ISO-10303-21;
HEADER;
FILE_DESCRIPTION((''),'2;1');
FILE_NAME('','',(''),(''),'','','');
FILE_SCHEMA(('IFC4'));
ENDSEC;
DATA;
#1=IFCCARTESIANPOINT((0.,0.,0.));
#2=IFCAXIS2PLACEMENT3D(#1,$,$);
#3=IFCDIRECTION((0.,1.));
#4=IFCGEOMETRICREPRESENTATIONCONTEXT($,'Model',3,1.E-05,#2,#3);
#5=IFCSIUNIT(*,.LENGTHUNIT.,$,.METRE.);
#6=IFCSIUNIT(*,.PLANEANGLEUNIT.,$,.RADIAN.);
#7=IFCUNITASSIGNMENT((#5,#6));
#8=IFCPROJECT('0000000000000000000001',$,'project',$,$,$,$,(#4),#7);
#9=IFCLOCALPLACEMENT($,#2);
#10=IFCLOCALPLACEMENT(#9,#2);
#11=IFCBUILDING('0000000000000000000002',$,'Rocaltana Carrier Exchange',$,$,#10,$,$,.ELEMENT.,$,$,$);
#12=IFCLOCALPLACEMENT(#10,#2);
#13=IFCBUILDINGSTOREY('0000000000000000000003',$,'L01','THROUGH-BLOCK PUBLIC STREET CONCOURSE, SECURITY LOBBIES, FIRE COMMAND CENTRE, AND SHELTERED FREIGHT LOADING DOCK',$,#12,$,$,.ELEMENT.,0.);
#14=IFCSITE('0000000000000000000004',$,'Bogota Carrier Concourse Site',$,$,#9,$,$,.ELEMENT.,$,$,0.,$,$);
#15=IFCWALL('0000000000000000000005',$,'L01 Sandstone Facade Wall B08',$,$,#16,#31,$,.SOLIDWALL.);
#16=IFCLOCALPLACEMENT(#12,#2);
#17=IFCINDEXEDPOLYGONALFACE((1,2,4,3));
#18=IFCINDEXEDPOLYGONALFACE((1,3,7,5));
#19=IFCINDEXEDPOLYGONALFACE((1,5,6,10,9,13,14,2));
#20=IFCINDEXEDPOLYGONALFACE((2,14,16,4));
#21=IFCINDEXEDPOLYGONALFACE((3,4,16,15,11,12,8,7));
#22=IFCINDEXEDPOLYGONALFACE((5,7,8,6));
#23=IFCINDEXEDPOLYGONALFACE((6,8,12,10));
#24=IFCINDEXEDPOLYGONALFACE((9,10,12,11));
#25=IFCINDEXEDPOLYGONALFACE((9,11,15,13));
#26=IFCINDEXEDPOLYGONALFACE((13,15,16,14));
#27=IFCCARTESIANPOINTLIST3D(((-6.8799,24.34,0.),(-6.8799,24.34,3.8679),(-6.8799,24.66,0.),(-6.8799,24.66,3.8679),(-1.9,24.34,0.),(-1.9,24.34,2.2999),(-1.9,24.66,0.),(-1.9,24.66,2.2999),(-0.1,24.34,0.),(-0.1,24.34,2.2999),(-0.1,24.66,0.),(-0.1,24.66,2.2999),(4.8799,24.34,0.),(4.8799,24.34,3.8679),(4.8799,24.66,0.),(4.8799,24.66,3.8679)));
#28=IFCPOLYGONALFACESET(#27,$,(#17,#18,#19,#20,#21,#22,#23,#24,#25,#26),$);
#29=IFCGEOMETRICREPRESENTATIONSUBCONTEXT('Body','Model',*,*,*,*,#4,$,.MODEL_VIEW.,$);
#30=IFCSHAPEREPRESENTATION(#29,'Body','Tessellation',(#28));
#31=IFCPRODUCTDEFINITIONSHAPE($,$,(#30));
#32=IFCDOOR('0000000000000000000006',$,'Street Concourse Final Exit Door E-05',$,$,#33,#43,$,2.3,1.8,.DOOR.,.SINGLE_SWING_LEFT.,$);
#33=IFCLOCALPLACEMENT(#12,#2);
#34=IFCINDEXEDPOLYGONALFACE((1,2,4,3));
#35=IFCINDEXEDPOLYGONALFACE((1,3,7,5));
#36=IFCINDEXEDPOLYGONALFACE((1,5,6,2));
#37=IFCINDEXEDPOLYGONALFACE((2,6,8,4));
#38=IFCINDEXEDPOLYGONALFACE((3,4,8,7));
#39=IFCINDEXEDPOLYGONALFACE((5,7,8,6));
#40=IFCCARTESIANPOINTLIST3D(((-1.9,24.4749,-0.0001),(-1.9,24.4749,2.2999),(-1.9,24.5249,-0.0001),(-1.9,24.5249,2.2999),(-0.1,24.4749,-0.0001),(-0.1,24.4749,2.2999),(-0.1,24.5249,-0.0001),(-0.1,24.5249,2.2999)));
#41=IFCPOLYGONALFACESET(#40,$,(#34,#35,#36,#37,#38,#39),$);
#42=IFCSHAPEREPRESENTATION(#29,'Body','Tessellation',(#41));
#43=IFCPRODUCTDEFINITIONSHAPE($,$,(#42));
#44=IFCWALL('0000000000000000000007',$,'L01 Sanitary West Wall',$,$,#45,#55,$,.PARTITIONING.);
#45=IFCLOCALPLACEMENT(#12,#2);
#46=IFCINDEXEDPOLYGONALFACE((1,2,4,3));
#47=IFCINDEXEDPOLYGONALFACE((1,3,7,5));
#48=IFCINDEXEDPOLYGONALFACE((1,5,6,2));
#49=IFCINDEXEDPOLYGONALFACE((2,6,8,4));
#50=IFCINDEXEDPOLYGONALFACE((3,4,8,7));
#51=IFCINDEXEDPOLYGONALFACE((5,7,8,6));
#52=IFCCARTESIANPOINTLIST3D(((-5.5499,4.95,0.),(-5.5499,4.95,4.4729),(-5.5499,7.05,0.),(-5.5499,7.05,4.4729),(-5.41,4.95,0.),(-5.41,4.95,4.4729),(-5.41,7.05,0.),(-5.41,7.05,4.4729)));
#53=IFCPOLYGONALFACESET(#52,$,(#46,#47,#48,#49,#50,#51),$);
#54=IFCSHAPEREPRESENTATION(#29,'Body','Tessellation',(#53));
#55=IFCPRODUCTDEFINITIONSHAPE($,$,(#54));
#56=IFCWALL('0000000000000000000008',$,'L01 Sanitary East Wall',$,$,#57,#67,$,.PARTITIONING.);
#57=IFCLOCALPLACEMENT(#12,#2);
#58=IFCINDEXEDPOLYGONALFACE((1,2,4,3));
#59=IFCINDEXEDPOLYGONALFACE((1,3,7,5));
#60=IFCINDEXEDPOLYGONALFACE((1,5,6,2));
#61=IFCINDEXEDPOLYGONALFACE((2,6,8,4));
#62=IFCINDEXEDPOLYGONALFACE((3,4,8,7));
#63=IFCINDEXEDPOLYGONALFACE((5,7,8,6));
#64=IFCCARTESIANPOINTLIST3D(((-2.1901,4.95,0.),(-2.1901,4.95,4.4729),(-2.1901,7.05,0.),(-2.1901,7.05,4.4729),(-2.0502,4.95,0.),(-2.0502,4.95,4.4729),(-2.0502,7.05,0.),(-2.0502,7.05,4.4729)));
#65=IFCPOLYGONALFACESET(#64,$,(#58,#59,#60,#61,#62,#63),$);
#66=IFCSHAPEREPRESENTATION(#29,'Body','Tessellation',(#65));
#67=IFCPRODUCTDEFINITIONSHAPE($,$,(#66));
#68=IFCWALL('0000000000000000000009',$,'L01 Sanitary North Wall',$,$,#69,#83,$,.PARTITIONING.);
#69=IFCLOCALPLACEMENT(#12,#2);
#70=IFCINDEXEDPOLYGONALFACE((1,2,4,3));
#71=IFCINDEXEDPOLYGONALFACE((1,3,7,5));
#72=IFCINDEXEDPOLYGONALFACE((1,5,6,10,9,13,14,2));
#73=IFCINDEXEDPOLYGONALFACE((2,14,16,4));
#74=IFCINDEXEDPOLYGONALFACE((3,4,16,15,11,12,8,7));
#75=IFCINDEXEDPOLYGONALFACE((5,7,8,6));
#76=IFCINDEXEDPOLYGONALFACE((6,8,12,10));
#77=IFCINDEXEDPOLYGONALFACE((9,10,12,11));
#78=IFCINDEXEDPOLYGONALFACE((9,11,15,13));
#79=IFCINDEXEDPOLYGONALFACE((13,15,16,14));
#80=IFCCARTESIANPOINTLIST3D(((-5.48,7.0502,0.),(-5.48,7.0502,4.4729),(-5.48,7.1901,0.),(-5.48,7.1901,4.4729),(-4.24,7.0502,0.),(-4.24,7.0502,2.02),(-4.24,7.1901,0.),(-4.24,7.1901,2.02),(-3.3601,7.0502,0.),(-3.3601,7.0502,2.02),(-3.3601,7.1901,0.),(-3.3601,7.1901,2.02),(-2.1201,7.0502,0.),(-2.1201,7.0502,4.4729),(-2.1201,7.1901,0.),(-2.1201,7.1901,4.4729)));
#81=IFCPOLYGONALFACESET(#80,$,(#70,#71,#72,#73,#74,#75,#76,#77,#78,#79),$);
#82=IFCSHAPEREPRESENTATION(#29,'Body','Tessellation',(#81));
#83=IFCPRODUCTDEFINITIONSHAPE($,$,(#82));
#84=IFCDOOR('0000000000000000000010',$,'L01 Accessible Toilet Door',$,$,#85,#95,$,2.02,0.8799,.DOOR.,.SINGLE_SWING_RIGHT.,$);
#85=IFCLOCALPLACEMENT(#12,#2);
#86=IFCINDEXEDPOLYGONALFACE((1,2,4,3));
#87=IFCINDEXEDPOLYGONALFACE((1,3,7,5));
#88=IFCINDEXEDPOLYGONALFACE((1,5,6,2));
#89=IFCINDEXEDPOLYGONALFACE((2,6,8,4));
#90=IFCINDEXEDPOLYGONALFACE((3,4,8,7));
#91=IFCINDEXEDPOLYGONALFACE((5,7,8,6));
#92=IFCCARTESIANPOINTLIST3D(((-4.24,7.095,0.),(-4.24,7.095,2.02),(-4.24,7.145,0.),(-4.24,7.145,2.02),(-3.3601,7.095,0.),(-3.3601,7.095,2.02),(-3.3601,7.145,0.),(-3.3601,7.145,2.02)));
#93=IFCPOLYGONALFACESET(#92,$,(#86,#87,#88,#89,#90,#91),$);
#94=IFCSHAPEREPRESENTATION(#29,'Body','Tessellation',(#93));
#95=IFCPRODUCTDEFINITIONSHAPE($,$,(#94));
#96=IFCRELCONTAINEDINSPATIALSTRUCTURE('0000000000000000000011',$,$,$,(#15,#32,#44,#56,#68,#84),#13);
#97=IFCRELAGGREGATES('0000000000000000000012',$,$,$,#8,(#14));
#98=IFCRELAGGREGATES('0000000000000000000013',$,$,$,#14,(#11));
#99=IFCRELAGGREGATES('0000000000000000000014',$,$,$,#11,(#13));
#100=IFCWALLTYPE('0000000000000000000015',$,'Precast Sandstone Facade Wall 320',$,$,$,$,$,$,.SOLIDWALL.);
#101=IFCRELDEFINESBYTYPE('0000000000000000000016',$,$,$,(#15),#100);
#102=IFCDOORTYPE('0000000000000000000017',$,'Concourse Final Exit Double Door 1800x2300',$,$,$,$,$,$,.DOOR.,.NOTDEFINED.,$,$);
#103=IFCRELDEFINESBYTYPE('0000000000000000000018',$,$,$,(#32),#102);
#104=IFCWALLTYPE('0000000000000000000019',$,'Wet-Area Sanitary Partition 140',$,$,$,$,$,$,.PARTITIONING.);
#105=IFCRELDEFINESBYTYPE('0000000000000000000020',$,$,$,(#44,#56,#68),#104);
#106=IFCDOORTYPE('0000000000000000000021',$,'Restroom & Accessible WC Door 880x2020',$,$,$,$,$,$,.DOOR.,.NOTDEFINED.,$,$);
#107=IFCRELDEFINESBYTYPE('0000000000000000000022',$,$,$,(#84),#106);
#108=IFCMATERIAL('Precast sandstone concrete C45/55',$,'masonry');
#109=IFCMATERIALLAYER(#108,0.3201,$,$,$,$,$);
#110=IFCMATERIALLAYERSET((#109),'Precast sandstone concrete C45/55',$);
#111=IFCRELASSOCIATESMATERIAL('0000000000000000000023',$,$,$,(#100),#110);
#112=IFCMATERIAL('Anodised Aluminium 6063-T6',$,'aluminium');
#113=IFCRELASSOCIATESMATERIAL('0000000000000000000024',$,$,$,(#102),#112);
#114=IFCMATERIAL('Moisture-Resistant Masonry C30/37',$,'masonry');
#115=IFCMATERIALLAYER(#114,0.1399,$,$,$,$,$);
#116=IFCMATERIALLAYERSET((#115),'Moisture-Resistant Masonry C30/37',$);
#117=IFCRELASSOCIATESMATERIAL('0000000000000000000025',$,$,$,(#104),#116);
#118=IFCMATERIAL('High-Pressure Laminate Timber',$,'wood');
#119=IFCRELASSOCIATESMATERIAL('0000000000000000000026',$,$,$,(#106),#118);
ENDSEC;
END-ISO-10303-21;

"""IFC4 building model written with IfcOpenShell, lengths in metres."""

from ifc_helpers import new_model, si_unit, direction, frame, frame_2d, origin, place, context, subcontext, project, spatial, rectangle, extrude, material, layer, layer_set, type_object, element, fill, save


model = new_model("IFC4")

# Units and contexts
model_context = context("Model", 3, precision=1e-05, world=origin(), true_north=direction((0.0, 1.0)))
body_context = subcontext(model_context, "Body", "Model", "MODEL_VIEW")
ifc_project = project(units=[si_unit("LENGTHUNIT", "METRE"), si_unit("PLANEANGLEUNIT", "RADIAN")], contexts=[model_context])

# Site, building, storey
site_placement = place(None, origin())
site = spatial("IfcSite", under=ifc_project, at=site_placement, Name="Bogota Carrier Concourse Site", CompositionType="ELEMENT", RefElevation=0.0)
building_placement = place(site_placement, origin())
building = spatial("IfcBuilding", under=site, at=building_placement, Name="Rocaltana Carrier Exchange", CompositionType="ELEMENT")
storey_placement = place(building_placement, origin())
storey = spatial("IfcBuildingStorey", under=building, at=storey_placement, Name="L01", Description="THROUGH-BLOCK PUBLIC STREET CONCOURSE, SECURITY LOBBIES, FIRE COMMAND CENTRE, AND SHELTERED FREIGHT LOADING DOCK", CompositionType="ELEMENT", Elevation=0.0)

# Wall, opening, door
ifc_material_1 = material(Name="Precast sandstone concrete C45/55", Category="masonry")
ifc_layer_1 = layer(ifc_material_1, 0.3201)
ifc_layer_set_1 = layer_set([ifc_layer_1], Name="Precast sandstone concrete C45/55")
wall_type_1 = type_object("IfcWallType", Name="Precast Sandstone Facade Wall 320", PredefinedType="SOLIDWALL", material=ifc_layer_set_1)
wall_1_placement = place(storey_placement, frame((-6.8799, 24.5, 0.0), z_axis=(0.0, 0.0, 1.0), x_axis=(1.0, 0.0, 0.0)))
wall_1 = element("IfcWall", 1, at=wall_1_placement, inside=storey, type_object=wall_type_1, Name="L01 Sandstone Facade Wall B08", PredefinedType="SOLIDWALL", context=body_context, shape_type="SweptSolid", body=[
    extrude(rectangle(XDim=11.7598, YDim=0.3201, at=frame_2d((5.8799, 0.0))), origin(), (0.0, 0.0, 1.0), 3.8679),
])
opening_1_placement = place(wall_1_placement, frame((4.98, 0.0, 0.0)))
opening_1 = element("IfcOpeningElement", 2, at=opening_1_placement, cuts=wall_1, PredefinedType="OPENING", context=body_context, shape_type="SweptSolid", body=[
    extrude(rectangle(XDim=1.8, YDim=2.3, at=frame_2d((0.8999, 1.1499))), frame((0.0, 0.1699, 0.0), z_axis=(0.0, -1.0, 0.0), x_axis=(1.0, 0.0, 0.0)), (0.0, 0.0, 1.0), 0.3401),
])
ifc_material_2 = material(Name="Anodised Aluminium 6063-T6", Category="aluminium")
door_type_1 = type_object("IfcDoorType", Name="Concourse Final Exit Double Door 1800x2300", OperationType="NOTDEFINED", PredefinedType="DOOR", material=ifc_material_2)
door_1_placement = place(opening_1_placement, origin())
door_1 = element("IfcDoor", 3, at=door_1_placement, inside=storey, type_object=door_type_1, Name="Street Concourse Final Exit Door E-05", OperationType="SINGLE_SWING_LEFT", OverallHeight=2.3, OverallWidth=1.8, PredefinedType="DOOR", context=body_context, shape_type="SweptSolid", body=[
    extrude(rectangle(XDim=1.8, YDim=2.3, at=frame_2d((0.8999, 1.1499))), frame((0.0, 0.0249, 0.0), z_axis=(0.0, -1.0, 0.0), x_axis=(1.0, 0.0, 0.0)), (0.0, 0.0, 1.0), 0.05),
])
fill(opening_1, door_1)

# Walls
ifc_material_3 = material(Name="Moisture-Resistant Masonry C30/37", Category="masonry")
ifc_layer_2 = layer(ifc_material_3, 0.1399)
ifc_layer_set_2 = layer_set([ifc_layer_2], Name="Moisture-Resistant Masonry C30/37")
wall_type_2 = type_object("IfcWallType", Name="Wet-Area Sanitary Partition 140", PredefinedType="PARTITIONING", material=ifc_layer_set_2)
for number, where, z_axis, x_axis, name in (
    (4, (-5.48, 4.95, 0.0), (0.0, 0.0, 1.0), (0.0, 1.0, 0.0), "L01 Sanitary West Wall"),
    (5, (-2.1201, 4.95, 0.0), (0.0, 0.0, 1.0), (0.0, 1.0, 0.0), "L01 Sanitary East Wall"),
):
    element("IfcWall", number, at=place(storey_placement, frame(where, z_axis=z_axis, x_axis=x_axis)), inside=storey, type_object=wall_type_2, Name=name, PredefinedType="PARTITIONING", context=body_context, shape_type="SweptSolid", body=[
        extrude(rectangle(XDim=2.1001, YDim=0.1399, at=frame_2d((1.05, 0.0))), origin(), (0.0, 0.0, 1.0), 4.4729),
    ])

# Wall, opening, door
wall_2_placement = place(storey_placement, frame((-5.48, 7.1201, 0.0), z_axis=(0.0, 0.0, 1.0), x_axis=(1.0, 0.0, 0.0)))
wall_2 = element("IfcWall", 6, at=wall_2_placement, inside=storey, type_object=wall_type_2, Name="L01 Sanitary North Wall", PredefinedType="PARTITIONING", context=body_context, shape_type="SweptSolid", body=[
    extrude(rectangle(XDim=3.3599, YDim=0.1399, at=frame_2d((1.6799, 0.0))), origin(), (0.0, 0.0, 1.0), 4.4729),
])
opening_2_placement = place(wall_2_placement, frame((1.24, 0.0, 0.0)))
opening_2 = element("IfcOpeningElement", 7, at=opening_2_placement, cuts=wall_2, PredefinedType="OPENING", context=body_context, shape_type="SweptSolid", body=[
    extrude(rectangle(XDim=0.8799, YDim=2.02, at=frame_2d((0.4399, 1.01))), frame((0.0, 0.0798, 0.0), z_axis=(0.0, -1.0, 0.0), x_axis=(1.0, 0.0, 0.0)), (0.0, 0.0, 1.0), 0.1599),
])
ifc_material_4 = material(Name="High-Pressure Laminate Timber", Category="wood")
door_type_2 = type_object("IfcDoorType", Name="Restroom & Accessible WC Door 880x2020", OperationType="NOTDEFINED", PredefinedType="DOOR", material=ifc_material_4)
door_2_placement = place(opening_2_placement, origin())
door_2 = element("IfcDoor", 8, at=door_2_placement, inside=storey, type_object=door_type_2, Name="L01 Accessible Toilet Door", OperationType="SINGLE_SWING_RIGHT", OverallHeight=2.02, OverallWidth=0.8799, PredefinedType="DOOR", context=body_context, shape_type="SweptSolid", body=[
    extrude(rectangle(XDim=0.8799, YDim=2.02, at=frame_2d((0.4399, 1.01))), frame((0.0, 0.0249, 0.0), z_axis=(0.0, -1.0, 0.0), x_axis=(1.0, 0.0, 0.0)), (0.0, 0.0, 1.0), 0.05),
])
fill(opening_2, door_2)

save(model, "model.ifc")
